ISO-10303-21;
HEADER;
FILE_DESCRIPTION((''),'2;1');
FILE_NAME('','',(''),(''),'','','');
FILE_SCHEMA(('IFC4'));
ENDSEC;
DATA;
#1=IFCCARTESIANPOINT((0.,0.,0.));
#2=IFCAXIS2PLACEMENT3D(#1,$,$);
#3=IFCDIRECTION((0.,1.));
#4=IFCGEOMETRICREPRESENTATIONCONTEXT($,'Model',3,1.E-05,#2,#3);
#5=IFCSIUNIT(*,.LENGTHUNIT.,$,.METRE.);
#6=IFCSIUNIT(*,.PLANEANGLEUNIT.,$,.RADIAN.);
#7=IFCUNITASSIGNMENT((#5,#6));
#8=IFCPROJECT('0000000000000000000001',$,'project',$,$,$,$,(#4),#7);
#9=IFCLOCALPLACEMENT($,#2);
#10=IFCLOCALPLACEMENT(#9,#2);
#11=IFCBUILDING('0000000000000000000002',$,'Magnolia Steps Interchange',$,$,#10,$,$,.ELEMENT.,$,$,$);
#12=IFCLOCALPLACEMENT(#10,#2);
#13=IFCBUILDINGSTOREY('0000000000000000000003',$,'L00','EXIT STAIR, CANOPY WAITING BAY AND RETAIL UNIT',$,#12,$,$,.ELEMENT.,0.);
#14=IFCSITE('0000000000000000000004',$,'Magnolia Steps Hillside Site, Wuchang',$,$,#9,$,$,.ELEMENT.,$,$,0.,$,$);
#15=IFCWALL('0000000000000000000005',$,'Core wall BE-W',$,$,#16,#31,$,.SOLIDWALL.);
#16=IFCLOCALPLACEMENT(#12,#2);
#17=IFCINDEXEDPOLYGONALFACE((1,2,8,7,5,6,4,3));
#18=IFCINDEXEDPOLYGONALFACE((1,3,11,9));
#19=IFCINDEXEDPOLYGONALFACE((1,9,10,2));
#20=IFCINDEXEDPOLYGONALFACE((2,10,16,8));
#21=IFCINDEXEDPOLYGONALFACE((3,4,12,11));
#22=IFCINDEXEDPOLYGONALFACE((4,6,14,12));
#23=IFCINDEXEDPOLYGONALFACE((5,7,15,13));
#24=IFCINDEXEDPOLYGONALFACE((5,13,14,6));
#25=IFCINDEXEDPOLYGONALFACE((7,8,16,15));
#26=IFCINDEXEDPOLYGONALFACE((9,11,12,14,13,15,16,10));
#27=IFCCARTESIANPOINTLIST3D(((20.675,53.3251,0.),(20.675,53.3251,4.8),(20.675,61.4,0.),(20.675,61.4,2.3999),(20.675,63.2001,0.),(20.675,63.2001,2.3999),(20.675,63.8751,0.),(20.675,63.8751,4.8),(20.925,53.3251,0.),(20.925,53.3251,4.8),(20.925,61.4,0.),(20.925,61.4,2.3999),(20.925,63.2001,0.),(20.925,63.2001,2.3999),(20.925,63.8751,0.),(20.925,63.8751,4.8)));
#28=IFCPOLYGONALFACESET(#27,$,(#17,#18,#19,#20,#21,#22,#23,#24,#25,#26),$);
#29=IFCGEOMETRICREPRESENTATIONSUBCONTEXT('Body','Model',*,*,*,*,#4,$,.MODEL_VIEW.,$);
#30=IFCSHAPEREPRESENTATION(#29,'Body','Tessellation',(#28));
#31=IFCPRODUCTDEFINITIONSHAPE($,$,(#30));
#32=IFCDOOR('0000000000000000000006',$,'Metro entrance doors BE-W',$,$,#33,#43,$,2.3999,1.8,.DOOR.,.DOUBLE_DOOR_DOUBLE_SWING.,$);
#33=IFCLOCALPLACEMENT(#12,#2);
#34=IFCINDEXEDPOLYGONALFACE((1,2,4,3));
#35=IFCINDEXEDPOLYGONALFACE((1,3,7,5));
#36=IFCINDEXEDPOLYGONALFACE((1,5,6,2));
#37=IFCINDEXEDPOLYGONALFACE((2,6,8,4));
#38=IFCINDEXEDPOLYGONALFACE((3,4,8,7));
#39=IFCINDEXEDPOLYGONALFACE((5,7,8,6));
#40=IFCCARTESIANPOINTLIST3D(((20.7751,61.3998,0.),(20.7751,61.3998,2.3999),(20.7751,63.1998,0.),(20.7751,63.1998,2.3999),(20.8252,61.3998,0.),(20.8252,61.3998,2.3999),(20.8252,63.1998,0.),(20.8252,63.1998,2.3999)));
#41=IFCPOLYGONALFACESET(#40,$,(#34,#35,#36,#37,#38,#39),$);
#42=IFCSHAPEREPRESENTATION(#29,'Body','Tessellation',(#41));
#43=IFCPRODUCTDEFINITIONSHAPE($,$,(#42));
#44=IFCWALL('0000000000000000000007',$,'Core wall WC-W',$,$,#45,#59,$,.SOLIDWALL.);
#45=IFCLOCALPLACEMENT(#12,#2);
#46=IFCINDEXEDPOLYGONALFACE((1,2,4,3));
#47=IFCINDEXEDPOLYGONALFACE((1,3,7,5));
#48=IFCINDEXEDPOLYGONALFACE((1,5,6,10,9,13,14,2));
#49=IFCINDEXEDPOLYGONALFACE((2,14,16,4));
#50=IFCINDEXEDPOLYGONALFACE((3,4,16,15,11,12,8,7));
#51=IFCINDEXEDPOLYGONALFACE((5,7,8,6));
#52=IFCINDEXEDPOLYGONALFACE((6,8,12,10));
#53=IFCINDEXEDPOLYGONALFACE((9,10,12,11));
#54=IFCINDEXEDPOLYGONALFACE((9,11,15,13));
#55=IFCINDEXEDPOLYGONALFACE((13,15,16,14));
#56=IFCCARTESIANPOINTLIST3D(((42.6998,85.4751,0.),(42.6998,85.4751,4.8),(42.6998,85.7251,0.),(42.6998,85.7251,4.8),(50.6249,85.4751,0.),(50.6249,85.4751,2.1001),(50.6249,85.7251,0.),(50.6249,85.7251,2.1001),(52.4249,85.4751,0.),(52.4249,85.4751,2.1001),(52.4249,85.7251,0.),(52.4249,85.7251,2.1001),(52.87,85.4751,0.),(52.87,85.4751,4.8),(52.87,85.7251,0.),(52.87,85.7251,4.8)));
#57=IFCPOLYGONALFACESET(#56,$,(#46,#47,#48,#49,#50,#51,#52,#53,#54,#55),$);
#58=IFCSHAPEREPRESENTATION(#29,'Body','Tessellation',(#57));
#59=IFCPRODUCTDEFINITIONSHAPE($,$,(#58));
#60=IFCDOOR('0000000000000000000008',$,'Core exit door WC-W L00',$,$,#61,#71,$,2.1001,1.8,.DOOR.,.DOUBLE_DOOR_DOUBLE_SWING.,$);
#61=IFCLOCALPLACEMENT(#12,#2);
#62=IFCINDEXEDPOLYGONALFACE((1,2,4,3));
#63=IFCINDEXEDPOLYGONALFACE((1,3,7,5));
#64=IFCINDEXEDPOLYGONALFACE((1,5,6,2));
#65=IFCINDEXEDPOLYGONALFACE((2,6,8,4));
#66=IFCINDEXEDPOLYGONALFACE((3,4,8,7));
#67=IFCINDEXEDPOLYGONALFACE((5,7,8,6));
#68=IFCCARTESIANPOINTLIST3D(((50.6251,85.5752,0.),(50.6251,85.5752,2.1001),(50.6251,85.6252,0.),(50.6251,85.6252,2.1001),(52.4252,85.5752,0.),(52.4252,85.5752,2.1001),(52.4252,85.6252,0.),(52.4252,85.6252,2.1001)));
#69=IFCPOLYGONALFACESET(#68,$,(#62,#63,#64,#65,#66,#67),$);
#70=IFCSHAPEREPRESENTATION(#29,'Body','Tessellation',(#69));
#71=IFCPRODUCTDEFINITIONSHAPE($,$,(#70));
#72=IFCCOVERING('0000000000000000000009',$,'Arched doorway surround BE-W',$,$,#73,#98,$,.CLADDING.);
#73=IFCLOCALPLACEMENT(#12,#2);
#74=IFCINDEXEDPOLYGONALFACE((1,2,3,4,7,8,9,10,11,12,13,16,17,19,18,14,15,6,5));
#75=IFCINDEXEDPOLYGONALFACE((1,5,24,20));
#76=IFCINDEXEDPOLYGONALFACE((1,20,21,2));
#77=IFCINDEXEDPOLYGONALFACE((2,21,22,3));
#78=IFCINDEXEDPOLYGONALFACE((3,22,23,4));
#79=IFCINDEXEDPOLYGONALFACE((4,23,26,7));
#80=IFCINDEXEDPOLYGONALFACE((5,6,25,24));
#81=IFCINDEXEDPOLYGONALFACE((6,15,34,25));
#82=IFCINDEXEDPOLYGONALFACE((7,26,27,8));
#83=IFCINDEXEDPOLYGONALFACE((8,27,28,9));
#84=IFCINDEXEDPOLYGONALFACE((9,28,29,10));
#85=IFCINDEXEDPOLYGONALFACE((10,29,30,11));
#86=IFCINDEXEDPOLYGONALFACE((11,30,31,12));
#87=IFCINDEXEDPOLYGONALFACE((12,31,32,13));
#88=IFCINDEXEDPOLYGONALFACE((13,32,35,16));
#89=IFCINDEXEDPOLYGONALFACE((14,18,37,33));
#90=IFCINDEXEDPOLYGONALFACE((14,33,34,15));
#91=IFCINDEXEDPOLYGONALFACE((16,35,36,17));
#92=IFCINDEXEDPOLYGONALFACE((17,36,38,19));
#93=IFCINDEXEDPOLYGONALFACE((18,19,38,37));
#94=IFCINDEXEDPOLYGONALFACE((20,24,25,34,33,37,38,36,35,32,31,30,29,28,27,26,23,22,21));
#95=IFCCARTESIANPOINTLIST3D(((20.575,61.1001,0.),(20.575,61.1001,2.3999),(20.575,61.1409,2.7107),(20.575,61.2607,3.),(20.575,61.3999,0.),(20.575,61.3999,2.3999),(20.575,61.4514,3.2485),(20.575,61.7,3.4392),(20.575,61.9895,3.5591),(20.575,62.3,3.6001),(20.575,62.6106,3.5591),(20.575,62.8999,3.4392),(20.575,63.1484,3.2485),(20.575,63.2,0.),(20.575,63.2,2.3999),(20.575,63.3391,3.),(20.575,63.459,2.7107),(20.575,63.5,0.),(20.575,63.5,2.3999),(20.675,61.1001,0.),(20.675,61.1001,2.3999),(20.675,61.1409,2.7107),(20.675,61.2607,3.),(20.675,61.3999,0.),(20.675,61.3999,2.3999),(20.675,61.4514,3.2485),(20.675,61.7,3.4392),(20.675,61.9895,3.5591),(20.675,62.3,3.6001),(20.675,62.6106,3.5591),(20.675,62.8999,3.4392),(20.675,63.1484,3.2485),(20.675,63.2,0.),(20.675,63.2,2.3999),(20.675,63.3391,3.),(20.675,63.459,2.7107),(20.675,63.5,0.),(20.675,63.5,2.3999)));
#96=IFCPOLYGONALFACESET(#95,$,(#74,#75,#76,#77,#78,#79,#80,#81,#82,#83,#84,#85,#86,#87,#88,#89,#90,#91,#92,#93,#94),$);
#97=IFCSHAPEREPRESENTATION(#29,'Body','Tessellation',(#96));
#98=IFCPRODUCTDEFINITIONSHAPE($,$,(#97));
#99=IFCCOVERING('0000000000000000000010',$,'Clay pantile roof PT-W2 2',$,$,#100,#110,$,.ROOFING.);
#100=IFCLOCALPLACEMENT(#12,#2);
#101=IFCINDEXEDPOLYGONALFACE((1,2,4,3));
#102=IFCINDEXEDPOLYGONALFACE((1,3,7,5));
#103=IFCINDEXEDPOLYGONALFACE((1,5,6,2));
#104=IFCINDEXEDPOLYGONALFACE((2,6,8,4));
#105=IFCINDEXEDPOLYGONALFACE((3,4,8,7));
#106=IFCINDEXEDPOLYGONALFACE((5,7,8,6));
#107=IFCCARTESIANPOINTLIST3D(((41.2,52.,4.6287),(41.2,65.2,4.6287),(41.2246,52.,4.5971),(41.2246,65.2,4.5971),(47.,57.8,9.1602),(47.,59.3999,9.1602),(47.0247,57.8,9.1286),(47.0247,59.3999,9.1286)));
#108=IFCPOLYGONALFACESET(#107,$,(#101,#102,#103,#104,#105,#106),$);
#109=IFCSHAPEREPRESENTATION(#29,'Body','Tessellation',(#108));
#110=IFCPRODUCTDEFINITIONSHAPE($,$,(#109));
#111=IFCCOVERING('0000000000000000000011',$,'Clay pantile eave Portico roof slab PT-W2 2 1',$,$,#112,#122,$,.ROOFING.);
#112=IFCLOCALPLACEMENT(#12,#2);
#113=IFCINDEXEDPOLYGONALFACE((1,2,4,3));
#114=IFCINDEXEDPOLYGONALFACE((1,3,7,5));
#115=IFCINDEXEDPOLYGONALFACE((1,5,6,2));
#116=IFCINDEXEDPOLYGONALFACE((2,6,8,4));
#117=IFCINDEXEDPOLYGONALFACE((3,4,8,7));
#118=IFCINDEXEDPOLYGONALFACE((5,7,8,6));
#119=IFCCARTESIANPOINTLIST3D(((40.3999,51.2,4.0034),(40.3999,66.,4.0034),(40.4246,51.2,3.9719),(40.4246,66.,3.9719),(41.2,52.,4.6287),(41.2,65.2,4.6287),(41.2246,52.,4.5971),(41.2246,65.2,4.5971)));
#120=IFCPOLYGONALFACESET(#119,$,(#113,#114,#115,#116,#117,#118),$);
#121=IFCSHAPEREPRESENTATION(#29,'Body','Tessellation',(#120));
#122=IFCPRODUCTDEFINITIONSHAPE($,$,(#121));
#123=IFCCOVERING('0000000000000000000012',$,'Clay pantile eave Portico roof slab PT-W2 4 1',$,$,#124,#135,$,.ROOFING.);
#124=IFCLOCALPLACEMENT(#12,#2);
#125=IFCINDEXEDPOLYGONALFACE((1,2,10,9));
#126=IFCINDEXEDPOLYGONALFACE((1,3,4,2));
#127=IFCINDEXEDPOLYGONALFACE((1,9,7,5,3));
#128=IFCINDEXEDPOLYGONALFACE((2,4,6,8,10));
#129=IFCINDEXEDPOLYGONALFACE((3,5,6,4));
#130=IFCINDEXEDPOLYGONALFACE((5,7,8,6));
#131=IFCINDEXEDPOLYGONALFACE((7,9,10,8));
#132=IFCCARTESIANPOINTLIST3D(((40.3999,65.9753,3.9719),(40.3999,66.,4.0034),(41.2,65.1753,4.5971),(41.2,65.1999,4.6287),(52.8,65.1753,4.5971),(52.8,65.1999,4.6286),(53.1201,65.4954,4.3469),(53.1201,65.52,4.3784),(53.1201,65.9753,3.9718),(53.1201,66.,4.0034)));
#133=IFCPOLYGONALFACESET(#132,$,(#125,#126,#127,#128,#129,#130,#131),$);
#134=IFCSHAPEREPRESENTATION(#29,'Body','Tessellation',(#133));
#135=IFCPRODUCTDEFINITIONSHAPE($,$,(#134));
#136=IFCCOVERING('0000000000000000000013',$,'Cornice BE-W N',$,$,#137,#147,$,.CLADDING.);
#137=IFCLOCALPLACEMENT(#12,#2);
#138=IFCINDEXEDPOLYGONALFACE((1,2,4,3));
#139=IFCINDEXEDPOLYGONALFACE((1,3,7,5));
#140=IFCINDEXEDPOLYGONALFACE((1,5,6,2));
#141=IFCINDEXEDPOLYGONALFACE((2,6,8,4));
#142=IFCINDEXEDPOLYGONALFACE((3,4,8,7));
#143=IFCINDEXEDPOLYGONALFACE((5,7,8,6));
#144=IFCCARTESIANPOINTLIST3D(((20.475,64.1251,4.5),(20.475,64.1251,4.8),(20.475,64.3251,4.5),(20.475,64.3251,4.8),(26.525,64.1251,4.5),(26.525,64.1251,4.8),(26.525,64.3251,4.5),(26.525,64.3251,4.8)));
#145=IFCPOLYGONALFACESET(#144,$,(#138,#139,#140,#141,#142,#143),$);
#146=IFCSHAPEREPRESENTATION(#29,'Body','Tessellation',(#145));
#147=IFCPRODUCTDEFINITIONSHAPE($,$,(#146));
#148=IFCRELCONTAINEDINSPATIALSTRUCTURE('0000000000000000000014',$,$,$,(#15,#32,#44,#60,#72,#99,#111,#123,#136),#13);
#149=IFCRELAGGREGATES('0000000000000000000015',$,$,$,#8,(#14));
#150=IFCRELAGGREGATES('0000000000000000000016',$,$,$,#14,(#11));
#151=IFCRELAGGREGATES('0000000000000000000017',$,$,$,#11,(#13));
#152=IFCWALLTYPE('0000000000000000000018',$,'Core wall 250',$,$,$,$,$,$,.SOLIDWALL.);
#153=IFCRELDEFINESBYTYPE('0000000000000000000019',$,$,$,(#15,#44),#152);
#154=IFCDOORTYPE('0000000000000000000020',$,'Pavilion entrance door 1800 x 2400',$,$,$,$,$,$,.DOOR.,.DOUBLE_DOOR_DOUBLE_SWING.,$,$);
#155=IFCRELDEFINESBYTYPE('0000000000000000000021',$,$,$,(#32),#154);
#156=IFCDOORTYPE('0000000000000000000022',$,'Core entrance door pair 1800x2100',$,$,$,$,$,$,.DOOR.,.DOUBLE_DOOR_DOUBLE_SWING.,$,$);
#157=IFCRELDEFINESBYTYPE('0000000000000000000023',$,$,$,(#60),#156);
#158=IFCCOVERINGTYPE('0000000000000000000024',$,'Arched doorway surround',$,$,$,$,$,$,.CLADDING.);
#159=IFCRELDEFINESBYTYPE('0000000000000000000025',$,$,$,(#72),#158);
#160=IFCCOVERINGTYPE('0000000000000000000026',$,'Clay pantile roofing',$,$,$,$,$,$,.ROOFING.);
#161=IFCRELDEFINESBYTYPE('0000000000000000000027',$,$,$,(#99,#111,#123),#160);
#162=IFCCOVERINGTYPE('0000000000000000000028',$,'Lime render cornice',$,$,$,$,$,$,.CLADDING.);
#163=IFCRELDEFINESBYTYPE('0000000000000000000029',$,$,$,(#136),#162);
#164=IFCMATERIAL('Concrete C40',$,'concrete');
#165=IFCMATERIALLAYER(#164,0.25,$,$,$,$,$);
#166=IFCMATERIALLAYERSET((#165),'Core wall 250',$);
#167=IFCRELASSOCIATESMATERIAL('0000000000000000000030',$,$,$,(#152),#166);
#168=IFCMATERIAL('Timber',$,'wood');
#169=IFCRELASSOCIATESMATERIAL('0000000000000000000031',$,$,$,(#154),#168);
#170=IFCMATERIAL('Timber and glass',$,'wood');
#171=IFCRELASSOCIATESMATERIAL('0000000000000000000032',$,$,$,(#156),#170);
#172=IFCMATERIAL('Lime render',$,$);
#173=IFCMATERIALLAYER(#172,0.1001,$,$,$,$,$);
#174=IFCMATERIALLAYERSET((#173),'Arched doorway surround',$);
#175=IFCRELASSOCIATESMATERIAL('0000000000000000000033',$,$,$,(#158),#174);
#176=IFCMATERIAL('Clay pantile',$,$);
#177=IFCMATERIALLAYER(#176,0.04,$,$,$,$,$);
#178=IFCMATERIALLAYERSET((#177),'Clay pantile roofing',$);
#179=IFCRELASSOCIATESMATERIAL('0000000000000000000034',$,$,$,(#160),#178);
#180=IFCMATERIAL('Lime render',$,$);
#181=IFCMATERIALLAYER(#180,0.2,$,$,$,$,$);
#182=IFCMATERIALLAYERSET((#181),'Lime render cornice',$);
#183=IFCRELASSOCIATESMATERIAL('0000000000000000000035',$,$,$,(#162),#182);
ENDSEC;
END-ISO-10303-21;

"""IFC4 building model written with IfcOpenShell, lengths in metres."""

from ifc_helpers import new_model, si_unit, direction, frame, frame_2d, origin, origin_2d, place, context, subcontext, project, spatial, polyline, rectangle, outline, extrude, material, layer, layer_set, type_object, element, fill, save


model = new_model("IFC4")

# Units and contexts
model_context = context("Model", 3, precision=1e-05, world=origin(), true_north=direction((0.0, 1.0)))
body_context = subcontext(model_context, "Body", "Model", "MODEL_VIEW")
ifc_project = project(units=[si_unit("LENGTHUNIT", "METRE"), si_unit("PLANEANGLEUNIT", "RADIAN")], contexts=[model_context])

# Site, building, storey
site_placement = place(None, origin())
site = spatial("IfcSite", under=ifc_project, at=site_placement, Name="Magnolia Steps Hillside Site, Wuchang", CompositionType="ELEMENT", RefElevation=0.0)
building_placement = place(site_placement, origin())
building = spatial("IfcBuilding", under=site, at=building_placement, Name="Magnolia Steps Interchange", CompositionType="ELEMENT")
storey_placement = place(building_placement, origin())
storey = spatial("IfcBuildingStorey", under=building, at=storey_placement, Name="L00", Description="EXIT STAIR, CANOPY WAITING BAY AND RETAIL UNIT", CompositionType="ELEMENT", Elevation=0.0)

# Shared definitions
ifc_material_1 = material(Name="Concrete C40", Category="concrete")
ifc_layer_1 = layer(ifc_material_1, 0.25)
ifc_layer_set_1 = layer_set([ifc_layer_1], Name="Core wall 250")
wall_type_1 = type_object("IfcWallType", Name="Core wall 250", PredefinedType="SOLIDWALL", material=ifc_layer_set_1)

# Walls, openings, doors
wall_1_placement = place(storey_placement, frame((20.8, 63.875, 0.0), z_axis=(0.0, 0.0, 1.0), x_axis=(0.0, -1.0, 0.0)))
wall_1 = element("IfcWall", 1, at=wall_1_placement, inside=storey, type_object=wall_type_1, Name="Core wall BE-W", PredefinedType="SOLIDWALL", context=body_context, shape_type="SweptSolid", body=[
    extrude(rectangle(XDim=10.55, YDim=0.25, at=frame_2d((5.2749, 0.0))), origin(), (0.0, 0.0, 1.0), 4.8),
])
opening_1_placement = place(wall_1_placement, frame((0.675, 0.0, 0.0)))
opening_1 = element("IfcOpeningElement", 2, at=opening_1_placement, cuts=wall_1, PredefinedType="OPENING", context=body_context, shape_type="SweptSolid", body=[
    extrude(rectangle(XDim=1.8, YDim=2.3999, at=frame_2d((0.8999, 1.2))), frame((0.0, 0.135, 0.0), z_axis=(0.0, -1.0, 0.0), x_axis=(1.0, 0.0, 0.0)), (0.0, 0.0, 1.0), 0.27),
])
ifc_material_2 = material(Name="Timber", Category="wood")
door_type_1 = type_object("IfcDoorType", Name="Pavilion entrance door 1800 x 2400", OperationType="DOUBLE_DOOR_DOUBLE_SWING", PredefinedType="DOOR", material=ifc_material_2)
door_1_placement = place(opening_1_placement, frame((1.8, 0.0, 0.0), z_axis=(0.0, 0.0, 1.0), x_axis=(-1.0, 0.0, 0.0)))
door_1 = element("IfcDoor", 3, at=door_1_placement, inside=storey, type_object=door_type_1, Name="Metro entrance doors BE-W", OperationType="DOUBLE_DOOR_DOUBLE_SWING", OverallHeight=2.3999, OverallWidth=1.8, PredefinedType="DOOR", context=body_context, shape_type="SweptSolid", body=[
    extrude(rectangle(XDim=1.8, YDim=2.3999, at=frame_2d((0.8999, 1.2))), frame((0.0, 0.0249, 0.0), z_axis=(0.0, -1.0, 0.0), x_axis=(1.0, 0.0, 0.0)), (0.0, 0.0, 1.0), 0.05),
])
fill(opening_1, door_1)
wall_2_placement = place(storey_placement, frame((42.7, 85.6001, 0.0), z_axis=(0.0, 0.0, 1.0), x_axis=(1.0, 0.0, 0.0)))
wall_2 = element("IfcWall", 4, at=wall_2_placement, inside=storey, type_object=wall_type_1, Name="Core wall WC-W", PredefinedType="SOLIDWALL", context=body_context, shape_type="SweptSolid", body=[
    extrude(rectangle(XDim=10.1702, YDim=0.25, at=frame_2d((5.085, 0.0))), origin(), (0.0, 0.0, 1.0), 4.8),
])
opening_2_placement = place(wall_2_placement, frame((7.925, 0.0, 0.0)))
opening_2 = element("IfcOpeningElement", 5, at=opening_2_placement, cuts=wall_2, PredefinedType="OPENING", context=body_context, shape_type="SweptSolid", body=[
    extrude(rectangle(XDim=1.8, YDim=2.1001, at=frame_2d((0.8999, 1.05))), frame((0.0, 0.135, 0.0), z_axis=(0.0, -1.0, 0.0), x_axis=(1.0, 0.0, 0.0)), (0.0, 0.0, 1.0), 0.27),
])
ifc_material_3 = material(Name="Timber and glass", Category="wood")
door_type_2 = type_object("IfcDoorType", Name="Core entrance door pair 1800x2100", OperationType="DOUBLE_DOOR_DOUBLE_SWING", PredefinedType="DOOR", material=ifc_material_3)
door_2_placement = place(opening_2_placement, frame((1.8, 0.0, 0.0), z_axis=(0.0, 0.0, 1.0), x_axis=(-1.0, 0.0, 0.0)))
door_2 = element("IfcDoor", 6, at=door_2_placement, inside=storey, type_object=door_type_2, Name="Core exit door WC-W L00", OperationType="DOUBLE_DOOR_DOUBLE_SWING", OverallHeight=2.1001, OverallWidth=1.8, PredefinedType="DOOR", context=body_context, shape_type="SweptSolid", body=[
    extrude(rectangle(XDim=1.8, YDim=2.1001, at=frame_2d((0.8999, 1.05))), frame((0.0, 0.0249, 0.0), z_axis=(0.0, -1.0, 0.0), x_axis=(1.0, 0.0, 0.0)), (0.0, 0.0, 1.0), 0.05),
])
fill(opening_2, door_2)

# Coverings
ifc_material_4 = material(Name="Lime render")
ifc_layer_2 = layer(ifc_material_4, 0.1001)
ifc_layer_set_2 = layer_set([ifc_layer_2], Name="Arched doorway surround")
covering_type_1 = type_object("IfcCoveringType", Name="Arched doorway surround", PredefinedType="CLADDING", material=ifc_layer_set_2)
covering_1_placement = place(storey_placement, frame((20.675, 63.5, 0.0), z_axis=(1.0, 0.0, 0.0), x_axis=(0.0, 0.0, 1.0)))
element("IfcCovering", 7, at=covering_1_placement, inside=storey, type_object=covering_type_1, Name="Arched doorway surround BE-W", PredefinedType="CLADDING", context=body_context, shape_type="SweptSolid", body=[
    extrude(outline(polyline([(0.0, 0.0), (2.3999, 0.0), (2.7107, 0.041), (3.0, 0.1609), (3.2485, 0.3516), (3.4392, 0.6001), (3.5591, 0.8894), (3.6001, 1.2), (3.5591, 1.5105), (3.4392, 1.8), (3.2485, 2.0486), (3.0, 2.2393), (2.7107, 2.3591), (2.3999, 2.3999), (0.0, 2.3999), (0.0, 2.1001), (2.3999, 2.1001), (2.3999, 0.3), (0.0, 0.3), (0.0, 0.0)])), origin(), (0.0, 0.0, -1.0), 0.1001),
])
ifc_material_5 = material(Name="Clay pantile")
ifc_layer_3 = layer(ifc_material_5, 0.04)
ifc_layer_set_3 = layer_set([ifc_layer_3], Name="Clay pantile roofing")
covering_type_2 = type_object("IfcCoveringType", Name="Clay pantile roofing", PredefinedType="ROOFING", material=ifc_layer_set_3)
covering_2_placement = place(storey_placement, frame((41.2, 65.2, 4.6287), z_axis=(-0.615661, 0.0, 0.788011), x_axis=(0.0, -1.0, 0.0)))
element("IfcCovering", 8, at=covering_2_placement, inside=storey, type_object=covering_type_2, Name="Clay pantile roof PT-W2 2", PredefinedType="ROOFING", context=body_context, shape_type="SweptSolid", body=[
    extrude(outline(polyline([(0.0, 0.0), (13.2, 0.0), (7.3999, 7.3604), (5.8, 7.3604), (0.0, 0.0)])), origin(), (0.0, 0.0, -1.0), 0.04),
])
covering_3_placement = place(storey_placement, frame((41.2, 65.2, 4.6287), z_axis=(-0.61577, 0.0, 0.787926), x_axis=(0.0, -1.0, 0.0)))
element("IfcCovering", 9, at=covering_3_placement, inside=storey, type_object=covering_type_2, Name="Clay pantile eave Portico roof slab PT-W2 2 1", PredefinedType="ROOFING", context=body_context, shape_type="SweptSolid", body=[
    extrude(outline(polyline([(0.0, 0.0), (13.2, 0.0), (14.0, -1.0154), (-0.8, -1.0154), (0.0, 0.0)])), origin(), (0.0, 0.0, -1.0), 0.04),
])
covering_4_placement = place(storey_placement, frame((40.3999, 66.0, 4.0034), z_axis=(0.000003, 0.615769, 0.787927), x_axis=(1.0, -0.000002, -0.000003)))
element("IfcCovering", 10, at=covering_4_placement, inside=storey, type_object=covering_type_2, Name="Clay pantile eave Portico roof slab PT-W2 4 1", PredefinedType="ROOFING", context=body_context, shape_type="SweptSolid", body=[
    extrude(outline(polyline([(0.0, 0.0), (12.7202, 0.0), (12.7202, -0.6091), (12.4001, -1.0154), (0.8, -1.0154), (0.0, 0.0)])), origin(), (0.0, 0.0, -1.0), 0.04),
])
ifc_material_6 = material(Name="Lime render")
ifc_layer_4 = layer(ifc_material_6, 0.2)
ifc_layer_set_4 = layer_set([ifc_layer_4], Name="Lime render cornice")
covering_type_3 = type_object("IfcCoveringType", Name="Lime render cornice", PredefinedType="CLADDING", material=ifc_layer_set_4)
covering_5_placement = place(storey_placement, frame((23.5, 64.2251, 4.5), z_axis=(0.0, 0.0, 1.0), x_axis=(1.0, 0.0, 0.0)))
element("IfcCovering", 11, at=covering_5_placement, inside=storey, type_object=covering_type_3, Name="Cornice BE-W N", PredefinedType="CLADDING", context=body_context, shape_type="SweptSolid", body=[
    extrude(rectangle(XDim=6.05, YDim=0.2, at=origin_2d()), origin(), (0.0, 0.0, 1.0), 0.3),
])

save(model, "model.ifc")
